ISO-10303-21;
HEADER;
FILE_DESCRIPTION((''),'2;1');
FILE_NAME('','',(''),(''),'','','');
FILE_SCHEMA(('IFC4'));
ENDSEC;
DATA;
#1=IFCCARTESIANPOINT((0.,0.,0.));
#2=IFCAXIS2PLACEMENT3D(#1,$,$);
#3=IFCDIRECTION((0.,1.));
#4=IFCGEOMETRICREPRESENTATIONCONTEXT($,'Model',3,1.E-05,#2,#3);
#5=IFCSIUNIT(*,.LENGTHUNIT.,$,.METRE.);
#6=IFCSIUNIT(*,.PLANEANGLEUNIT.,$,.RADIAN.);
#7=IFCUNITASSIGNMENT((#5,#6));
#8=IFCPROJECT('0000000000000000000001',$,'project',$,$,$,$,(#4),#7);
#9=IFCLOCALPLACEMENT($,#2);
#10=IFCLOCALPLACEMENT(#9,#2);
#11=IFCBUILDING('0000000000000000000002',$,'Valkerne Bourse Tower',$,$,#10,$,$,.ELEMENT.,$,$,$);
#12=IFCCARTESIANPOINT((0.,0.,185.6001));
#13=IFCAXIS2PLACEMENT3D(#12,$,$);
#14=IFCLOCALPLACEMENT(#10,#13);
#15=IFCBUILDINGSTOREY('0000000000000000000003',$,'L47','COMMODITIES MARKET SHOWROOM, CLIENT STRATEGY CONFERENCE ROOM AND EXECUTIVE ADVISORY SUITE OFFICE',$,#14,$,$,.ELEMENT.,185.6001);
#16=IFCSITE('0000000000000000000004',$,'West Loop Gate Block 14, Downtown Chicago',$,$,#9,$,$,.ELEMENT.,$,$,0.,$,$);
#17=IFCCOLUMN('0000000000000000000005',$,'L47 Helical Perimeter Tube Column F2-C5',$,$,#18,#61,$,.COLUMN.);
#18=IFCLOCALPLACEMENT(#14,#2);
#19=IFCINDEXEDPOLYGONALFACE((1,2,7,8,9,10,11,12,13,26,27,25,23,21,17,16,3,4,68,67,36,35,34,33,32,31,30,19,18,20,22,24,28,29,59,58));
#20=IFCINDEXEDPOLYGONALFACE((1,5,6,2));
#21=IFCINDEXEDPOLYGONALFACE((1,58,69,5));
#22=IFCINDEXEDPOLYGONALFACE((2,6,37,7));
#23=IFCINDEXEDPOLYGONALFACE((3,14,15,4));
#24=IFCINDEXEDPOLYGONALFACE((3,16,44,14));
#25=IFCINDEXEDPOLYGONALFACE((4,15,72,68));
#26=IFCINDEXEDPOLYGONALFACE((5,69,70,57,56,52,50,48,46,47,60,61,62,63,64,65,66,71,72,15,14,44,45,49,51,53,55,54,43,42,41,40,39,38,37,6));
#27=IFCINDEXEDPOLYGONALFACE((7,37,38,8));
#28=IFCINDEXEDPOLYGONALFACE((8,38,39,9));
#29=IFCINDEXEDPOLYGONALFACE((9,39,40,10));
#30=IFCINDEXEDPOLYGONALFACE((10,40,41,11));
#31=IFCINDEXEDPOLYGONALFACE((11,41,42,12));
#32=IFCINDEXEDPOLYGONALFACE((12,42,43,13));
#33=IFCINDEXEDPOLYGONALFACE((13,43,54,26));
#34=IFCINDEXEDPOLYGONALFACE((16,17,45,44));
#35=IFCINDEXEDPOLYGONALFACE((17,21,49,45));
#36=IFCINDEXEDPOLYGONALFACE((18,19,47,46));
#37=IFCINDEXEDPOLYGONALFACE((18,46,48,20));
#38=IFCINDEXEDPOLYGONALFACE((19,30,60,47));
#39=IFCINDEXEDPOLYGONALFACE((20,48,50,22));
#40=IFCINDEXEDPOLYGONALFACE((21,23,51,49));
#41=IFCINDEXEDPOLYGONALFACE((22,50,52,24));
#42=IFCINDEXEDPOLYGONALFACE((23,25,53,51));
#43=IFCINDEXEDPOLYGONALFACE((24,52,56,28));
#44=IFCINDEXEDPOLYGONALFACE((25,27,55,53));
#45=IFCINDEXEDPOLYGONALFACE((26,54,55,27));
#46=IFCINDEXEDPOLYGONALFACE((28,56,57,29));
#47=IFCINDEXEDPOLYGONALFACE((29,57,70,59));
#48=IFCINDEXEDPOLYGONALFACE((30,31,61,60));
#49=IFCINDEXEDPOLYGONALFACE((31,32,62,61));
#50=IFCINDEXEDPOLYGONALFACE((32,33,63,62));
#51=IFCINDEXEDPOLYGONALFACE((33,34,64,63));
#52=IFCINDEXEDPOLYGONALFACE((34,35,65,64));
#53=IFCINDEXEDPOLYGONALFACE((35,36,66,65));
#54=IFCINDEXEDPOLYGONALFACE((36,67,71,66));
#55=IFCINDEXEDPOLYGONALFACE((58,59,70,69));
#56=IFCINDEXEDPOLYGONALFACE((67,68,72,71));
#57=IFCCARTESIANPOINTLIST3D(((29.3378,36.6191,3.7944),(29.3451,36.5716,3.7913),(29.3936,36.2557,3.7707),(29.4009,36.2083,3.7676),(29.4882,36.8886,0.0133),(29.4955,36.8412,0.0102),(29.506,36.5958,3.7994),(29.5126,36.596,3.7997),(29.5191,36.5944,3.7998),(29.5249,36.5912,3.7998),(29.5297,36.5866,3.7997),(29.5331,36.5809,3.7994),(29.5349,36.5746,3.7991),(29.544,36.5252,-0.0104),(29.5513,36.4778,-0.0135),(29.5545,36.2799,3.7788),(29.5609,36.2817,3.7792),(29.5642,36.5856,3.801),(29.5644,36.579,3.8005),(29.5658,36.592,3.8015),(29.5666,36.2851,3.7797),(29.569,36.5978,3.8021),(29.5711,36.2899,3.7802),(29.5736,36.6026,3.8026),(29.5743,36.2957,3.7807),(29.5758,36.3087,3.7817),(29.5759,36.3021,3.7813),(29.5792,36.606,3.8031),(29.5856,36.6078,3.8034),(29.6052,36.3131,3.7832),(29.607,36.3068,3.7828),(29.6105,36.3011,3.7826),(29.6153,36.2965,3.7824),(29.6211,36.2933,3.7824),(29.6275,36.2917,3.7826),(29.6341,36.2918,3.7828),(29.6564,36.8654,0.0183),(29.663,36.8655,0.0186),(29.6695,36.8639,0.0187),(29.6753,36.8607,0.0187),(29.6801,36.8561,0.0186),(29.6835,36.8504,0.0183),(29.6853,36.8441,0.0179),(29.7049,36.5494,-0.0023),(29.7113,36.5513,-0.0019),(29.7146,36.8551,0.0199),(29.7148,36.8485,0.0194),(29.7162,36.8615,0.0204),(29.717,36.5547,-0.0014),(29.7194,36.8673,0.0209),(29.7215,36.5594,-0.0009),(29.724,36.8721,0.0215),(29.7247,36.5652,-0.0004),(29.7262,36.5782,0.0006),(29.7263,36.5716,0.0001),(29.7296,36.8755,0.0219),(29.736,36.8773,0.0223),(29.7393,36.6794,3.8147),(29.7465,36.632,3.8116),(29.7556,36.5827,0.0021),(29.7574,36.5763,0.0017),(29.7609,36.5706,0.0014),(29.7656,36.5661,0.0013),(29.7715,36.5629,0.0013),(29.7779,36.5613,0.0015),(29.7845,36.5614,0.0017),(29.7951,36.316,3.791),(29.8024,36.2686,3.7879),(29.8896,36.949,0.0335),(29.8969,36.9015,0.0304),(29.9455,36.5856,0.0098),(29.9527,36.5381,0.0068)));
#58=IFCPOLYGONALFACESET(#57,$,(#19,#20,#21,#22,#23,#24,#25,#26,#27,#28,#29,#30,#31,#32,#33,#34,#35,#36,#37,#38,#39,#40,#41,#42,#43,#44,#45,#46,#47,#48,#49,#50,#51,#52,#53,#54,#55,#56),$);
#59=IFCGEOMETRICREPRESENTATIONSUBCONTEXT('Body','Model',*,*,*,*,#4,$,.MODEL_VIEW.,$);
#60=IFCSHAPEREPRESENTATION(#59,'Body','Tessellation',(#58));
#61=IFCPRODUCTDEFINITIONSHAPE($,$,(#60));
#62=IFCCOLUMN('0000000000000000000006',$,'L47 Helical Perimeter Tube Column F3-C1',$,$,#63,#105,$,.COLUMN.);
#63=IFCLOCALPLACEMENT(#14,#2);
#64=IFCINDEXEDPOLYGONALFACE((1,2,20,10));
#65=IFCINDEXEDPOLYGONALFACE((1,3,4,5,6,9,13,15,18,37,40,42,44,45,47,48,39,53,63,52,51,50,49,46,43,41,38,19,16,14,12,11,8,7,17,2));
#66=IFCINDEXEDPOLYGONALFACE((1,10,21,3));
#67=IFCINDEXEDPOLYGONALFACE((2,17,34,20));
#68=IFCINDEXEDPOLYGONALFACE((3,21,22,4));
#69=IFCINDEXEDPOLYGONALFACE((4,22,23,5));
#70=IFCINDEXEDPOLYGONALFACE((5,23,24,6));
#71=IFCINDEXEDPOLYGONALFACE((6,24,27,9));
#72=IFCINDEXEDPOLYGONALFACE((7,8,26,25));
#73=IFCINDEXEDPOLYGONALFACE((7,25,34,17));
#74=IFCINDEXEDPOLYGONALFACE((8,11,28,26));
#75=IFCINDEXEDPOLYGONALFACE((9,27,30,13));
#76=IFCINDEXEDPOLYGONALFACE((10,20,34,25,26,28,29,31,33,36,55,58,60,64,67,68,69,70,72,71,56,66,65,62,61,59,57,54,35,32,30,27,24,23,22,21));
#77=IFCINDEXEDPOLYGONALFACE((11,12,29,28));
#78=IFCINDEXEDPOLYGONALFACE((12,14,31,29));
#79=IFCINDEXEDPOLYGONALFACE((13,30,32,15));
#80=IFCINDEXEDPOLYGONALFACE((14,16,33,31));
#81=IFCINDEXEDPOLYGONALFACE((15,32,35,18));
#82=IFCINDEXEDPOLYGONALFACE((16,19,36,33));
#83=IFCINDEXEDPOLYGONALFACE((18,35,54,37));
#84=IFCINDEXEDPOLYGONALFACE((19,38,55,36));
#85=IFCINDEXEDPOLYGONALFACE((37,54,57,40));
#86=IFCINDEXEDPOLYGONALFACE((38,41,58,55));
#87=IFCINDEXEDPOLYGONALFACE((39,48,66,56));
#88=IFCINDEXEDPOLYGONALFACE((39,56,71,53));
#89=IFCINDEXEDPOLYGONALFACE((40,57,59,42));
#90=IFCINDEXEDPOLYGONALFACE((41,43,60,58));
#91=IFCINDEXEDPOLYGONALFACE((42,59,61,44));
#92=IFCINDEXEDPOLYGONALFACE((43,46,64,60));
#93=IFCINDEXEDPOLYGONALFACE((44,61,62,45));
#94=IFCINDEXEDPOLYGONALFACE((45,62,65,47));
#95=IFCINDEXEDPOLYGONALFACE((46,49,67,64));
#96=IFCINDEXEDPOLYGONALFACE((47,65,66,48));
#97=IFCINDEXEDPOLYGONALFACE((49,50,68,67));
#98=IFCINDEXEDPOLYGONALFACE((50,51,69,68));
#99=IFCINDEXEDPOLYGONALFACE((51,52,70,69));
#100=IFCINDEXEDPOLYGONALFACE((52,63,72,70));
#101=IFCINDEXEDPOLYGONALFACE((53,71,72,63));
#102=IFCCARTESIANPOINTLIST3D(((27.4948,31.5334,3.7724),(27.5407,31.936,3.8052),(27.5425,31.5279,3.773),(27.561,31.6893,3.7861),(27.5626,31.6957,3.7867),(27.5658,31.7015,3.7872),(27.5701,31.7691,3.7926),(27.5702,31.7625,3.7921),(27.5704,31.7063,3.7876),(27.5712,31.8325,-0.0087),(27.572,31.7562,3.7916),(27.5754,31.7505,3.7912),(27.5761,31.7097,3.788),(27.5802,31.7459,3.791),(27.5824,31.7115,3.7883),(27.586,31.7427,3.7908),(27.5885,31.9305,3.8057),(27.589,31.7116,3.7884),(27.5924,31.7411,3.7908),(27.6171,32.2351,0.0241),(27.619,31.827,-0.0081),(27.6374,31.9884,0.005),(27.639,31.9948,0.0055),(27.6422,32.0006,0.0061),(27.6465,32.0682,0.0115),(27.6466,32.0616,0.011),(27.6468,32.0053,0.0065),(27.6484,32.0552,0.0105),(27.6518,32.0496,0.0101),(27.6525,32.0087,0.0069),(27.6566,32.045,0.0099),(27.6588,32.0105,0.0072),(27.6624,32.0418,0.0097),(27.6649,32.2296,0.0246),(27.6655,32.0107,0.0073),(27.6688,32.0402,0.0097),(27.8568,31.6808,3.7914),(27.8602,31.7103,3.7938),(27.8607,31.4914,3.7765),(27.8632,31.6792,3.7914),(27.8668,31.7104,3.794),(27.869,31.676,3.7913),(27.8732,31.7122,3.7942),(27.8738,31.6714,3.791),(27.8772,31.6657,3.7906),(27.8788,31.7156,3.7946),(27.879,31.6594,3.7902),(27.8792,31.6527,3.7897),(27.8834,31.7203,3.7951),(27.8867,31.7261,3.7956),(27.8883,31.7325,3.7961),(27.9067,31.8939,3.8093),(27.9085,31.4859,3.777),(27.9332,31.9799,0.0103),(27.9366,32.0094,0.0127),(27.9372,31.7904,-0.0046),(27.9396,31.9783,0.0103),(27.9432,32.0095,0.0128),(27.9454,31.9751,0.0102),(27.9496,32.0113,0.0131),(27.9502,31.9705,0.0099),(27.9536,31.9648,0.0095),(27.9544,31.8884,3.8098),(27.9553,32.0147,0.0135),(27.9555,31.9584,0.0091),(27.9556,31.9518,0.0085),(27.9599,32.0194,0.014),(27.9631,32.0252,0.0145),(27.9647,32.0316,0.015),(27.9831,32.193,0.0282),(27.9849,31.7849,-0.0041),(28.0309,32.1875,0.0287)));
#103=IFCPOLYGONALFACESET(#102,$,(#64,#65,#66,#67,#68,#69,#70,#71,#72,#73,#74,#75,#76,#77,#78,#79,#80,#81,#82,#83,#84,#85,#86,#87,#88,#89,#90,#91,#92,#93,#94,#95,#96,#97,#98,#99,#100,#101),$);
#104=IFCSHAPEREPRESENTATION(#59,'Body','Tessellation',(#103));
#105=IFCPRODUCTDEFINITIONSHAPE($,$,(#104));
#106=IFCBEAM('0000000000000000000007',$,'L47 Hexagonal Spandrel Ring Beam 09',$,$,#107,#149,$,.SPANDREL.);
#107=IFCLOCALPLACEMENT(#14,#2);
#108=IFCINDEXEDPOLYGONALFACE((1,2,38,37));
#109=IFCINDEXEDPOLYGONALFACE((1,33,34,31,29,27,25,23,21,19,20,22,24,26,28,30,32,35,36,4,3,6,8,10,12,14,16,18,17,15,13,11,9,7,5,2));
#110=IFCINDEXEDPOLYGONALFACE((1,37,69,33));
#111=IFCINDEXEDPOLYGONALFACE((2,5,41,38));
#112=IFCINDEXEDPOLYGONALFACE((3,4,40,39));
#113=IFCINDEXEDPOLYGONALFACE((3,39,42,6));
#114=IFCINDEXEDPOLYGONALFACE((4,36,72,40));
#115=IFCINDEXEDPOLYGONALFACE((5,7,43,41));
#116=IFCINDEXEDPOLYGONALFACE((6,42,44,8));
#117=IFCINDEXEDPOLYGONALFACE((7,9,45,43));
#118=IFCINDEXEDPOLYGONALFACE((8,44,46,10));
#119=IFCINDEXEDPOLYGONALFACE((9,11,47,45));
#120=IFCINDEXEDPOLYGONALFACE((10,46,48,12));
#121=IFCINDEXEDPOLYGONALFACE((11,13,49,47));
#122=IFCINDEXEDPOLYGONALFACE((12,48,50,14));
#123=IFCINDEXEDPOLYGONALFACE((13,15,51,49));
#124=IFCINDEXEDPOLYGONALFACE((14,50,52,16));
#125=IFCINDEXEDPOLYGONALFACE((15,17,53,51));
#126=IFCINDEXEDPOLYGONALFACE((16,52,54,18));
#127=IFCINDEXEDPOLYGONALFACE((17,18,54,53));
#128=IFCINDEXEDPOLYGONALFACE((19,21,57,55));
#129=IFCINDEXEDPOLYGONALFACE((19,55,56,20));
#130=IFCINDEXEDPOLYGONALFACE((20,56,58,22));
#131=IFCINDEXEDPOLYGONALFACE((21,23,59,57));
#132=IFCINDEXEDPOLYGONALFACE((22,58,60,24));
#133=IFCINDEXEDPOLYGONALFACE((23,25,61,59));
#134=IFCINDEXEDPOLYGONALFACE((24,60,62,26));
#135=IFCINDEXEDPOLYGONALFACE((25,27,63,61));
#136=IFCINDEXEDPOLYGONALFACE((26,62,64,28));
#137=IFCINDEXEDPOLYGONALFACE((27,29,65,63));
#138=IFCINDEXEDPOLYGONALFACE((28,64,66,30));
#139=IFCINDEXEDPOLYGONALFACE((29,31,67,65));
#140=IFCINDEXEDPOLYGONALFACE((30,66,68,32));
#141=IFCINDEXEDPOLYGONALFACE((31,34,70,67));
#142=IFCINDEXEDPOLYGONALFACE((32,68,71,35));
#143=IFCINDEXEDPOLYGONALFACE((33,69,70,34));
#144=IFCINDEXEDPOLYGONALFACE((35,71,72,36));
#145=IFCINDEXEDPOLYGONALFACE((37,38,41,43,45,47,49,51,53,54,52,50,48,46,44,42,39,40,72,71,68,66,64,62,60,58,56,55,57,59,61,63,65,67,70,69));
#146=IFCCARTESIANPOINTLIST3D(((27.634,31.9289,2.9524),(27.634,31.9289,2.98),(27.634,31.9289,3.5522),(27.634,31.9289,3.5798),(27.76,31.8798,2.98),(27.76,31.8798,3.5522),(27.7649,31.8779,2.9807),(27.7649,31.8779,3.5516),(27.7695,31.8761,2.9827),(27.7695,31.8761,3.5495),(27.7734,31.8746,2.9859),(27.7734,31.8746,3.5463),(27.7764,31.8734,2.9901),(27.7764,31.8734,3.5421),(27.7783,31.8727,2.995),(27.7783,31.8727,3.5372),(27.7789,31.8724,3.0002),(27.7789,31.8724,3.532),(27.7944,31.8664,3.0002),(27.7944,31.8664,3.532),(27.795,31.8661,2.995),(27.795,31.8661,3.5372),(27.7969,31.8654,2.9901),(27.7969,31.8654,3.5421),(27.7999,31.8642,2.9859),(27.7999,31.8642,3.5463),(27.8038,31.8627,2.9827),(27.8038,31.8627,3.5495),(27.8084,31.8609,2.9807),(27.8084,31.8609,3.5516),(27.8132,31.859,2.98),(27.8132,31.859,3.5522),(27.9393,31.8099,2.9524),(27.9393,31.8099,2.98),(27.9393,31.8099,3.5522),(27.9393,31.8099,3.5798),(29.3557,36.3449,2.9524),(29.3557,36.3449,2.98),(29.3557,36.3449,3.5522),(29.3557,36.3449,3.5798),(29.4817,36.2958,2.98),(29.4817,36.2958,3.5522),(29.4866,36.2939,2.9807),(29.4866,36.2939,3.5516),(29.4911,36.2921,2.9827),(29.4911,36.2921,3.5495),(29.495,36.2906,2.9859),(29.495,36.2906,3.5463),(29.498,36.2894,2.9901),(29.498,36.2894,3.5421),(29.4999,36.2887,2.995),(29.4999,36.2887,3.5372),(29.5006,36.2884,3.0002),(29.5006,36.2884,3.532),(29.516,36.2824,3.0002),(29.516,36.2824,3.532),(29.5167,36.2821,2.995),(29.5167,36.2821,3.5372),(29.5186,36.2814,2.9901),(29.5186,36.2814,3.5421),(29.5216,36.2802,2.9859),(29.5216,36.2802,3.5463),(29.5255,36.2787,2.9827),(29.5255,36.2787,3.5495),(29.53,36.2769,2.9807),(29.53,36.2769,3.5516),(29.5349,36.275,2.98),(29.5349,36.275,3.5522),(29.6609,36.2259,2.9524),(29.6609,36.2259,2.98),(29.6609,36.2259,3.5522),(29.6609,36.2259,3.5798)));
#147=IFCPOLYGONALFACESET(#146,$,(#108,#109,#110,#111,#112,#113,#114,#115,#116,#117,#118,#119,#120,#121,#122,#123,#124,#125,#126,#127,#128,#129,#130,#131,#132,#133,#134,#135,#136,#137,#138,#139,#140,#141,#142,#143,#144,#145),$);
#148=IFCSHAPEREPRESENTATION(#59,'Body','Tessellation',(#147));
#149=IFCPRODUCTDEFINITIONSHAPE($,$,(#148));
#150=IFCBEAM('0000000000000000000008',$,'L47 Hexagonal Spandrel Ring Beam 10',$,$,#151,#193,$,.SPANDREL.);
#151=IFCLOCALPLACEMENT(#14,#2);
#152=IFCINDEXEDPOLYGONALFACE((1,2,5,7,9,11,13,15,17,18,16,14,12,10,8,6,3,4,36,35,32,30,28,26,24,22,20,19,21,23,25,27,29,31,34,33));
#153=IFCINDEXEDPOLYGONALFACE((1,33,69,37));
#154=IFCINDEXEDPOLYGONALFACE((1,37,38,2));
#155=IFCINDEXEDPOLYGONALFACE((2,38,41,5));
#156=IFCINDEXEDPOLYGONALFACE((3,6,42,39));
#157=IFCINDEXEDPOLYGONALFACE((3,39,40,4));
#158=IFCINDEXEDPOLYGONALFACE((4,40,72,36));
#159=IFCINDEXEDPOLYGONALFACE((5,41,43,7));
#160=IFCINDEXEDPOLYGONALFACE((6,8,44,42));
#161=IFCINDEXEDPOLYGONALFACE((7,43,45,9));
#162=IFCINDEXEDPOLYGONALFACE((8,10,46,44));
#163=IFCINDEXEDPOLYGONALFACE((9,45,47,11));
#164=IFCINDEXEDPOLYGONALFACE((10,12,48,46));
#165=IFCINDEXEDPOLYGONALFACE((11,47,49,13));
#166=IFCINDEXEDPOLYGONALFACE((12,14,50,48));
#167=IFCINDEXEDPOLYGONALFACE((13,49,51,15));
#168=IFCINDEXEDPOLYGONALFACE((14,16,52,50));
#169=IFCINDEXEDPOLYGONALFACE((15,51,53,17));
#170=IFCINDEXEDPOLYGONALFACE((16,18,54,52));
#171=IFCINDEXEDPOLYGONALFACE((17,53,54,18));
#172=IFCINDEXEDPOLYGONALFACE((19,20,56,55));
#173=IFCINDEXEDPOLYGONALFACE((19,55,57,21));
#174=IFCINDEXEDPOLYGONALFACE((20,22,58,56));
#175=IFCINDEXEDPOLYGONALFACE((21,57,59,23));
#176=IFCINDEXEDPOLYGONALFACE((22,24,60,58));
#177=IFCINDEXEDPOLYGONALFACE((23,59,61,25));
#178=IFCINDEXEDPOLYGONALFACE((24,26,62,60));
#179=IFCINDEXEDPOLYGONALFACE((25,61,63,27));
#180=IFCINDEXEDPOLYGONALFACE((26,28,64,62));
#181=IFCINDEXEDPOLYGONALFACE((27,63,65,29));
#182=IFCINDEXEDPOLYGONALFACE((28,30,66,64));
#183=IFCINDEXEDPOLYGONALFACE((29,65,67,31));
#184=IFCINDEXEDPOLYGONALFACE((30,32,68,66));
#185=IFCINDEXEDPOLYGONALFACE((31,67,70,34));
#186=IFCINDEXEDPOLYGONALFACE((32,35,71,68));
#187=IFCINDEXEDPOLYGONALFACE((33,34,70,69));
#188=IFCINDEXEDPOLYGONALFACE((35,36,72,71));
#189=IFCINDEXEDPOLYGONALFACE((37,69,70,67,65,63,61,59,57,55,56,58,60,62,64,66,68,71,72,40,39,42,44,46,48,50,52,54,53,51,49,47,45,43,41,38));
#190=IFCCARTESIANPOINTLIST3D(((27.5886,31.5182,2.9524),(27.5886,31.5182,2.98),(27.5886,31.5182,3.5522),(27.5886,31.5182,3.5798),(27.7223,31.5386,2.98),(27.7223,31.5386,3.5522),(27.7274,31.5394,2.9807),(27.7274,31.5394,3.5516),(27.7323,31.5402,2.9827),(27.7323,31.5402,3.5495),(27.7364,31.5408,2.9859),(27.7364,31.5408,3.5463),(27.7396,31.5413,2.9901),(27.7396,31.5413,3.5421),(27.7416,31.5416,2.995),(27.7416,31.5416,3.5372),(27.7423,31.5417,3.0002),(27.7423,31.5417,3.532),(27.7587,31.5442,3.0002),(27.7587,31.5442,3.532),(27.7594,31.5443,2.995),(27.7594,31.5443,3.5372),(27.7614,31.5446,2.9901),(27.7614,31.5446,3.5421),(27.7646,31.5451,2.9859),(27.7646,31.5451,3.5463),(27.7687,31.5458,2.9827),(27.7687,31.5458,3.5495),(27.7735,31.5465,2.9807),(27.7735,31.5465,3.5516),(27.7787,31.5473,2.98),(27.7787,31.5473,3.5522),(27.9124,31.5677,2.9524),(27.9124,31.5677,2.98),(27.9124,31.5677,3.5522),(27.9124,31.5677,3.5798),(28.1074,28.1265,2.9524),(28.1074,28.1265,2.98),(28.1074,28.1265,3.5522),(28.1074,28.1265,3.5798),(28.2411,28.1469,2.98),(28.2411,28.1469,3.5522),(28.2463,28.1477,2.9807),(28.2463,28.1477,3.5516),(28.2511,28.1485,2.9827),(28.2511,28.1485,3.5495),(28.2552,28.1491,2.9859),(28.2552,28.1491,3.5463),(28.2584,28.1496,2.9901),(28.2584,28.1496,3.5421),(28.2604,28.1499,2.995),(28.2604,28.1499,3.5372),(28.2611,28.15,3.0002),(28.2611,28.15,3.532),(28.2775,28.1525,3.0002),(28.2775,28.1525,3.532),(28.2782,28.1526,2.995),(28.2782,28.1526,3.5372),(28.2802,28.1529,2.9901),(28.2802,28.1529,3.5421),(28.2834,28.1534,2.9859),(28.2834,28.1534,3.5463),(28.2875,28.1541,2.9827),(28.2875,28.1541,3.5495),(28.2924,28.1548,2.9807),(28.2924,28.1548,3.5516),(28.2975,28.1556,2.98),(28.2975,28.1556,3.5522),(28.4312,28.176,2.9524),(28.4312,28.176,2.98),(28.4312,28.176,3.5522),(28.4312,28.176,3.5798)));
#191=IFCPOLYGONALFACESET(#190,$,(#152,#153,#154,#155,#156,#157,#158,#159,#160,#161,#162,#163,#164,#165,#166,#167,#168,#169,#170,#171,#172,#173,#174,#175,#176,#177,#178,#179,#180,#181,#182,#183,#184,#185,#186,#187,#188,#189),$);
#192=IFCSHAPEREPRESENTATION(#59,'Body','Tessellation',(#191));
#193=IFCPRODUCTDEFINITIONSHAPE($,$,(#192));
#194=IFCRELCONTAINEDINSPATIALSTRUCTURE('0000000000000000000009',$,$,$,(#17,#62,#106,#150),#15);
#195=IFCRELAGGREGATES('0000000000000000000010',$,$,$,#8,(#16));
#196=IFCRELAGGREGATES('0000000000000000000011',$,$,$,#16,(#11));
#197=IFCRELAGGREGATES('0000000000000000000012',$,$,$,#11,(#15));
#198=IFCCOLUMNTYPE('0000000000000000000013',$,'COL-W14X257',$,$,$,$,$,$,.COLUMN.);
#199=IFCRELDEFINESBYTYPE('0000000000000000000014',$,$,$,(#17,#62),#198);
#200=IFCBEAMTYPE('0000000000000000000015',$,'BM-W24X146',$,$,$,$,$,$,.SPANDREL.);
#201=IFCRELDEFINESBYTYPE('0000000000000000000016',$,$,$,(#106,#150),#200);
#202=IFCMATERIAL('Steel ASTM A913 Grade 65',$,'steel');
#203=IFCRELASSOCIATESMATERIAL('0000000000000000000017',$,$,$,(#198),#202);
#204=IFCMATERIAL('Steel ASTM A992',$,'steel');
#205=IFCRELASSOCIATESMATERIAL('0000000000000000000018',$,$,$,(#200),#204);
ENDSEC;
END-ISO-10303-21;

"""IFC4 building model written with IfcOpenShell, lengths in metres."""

from ifc_helpers import new_model, si_unit, direction, frame, origin, origin_2d, place, context, subcontext, project, spatial, i_section, extrude, material, material_profile, profile_set, type_object, element, save


model = new_model("IFC4")

# Units and contexts
model_context = context("Model", 3, precision=1e-05, world=origin(), true_north=direction((0.0, 1.0)))
body_context = subcontext(model_context, "Body", "Model", "MODEL_VIEW")
ifc_project = project(units=[si_unit("LENGTHUNIT", "METRE"), si_unit("PLANEANGLEUNIT", "RADIAN")], contexts=[model_context])

# Site, building, storey
site_placement = place(None, origin())
site = spatial("IfcSite", under=ifc_project, at=site_placement, Name="West Loop Gate Block 14, Downtown Chicago", CompositionType="ELEMENT", RefElevation=0.0)
building_placement = place(site_placement, origin())
building = spatial("IfcBuilding", under=site, at=building_placement, Name="Valkerne Bourse Tower", CompositionType="ELEMENT")
storey_placement = place(building_placement, frame((0.0, 0.0, 185.6001)))
storey = spatial("IfcBuildingStorey", under=building, at=storey_placement, Name="L47", Description="COMMODITIES MARKET SHOWROOM, CLIENT STRATEGY CONFERENCE ROOM AND EXECUTIVE ADVISORY SUITE OFFICE", CompositionType="ELEMENT", Elevation=185.6001)

# Columns
ifc_material_1 = material(Name="Steel ASTM A913 Grade 65", Category="steel")
ifc_material_profile_1 = material_profile(ifc_material_1, i_section(OverallWidth=0.4065, OverallDepth=0.4165, WebThickness=0.0298, FlangeThickness=0.0481, FilletRadius=0.0254, at=origin_2d()), Name="W14X257")
ifc_profile_set_1 = profile_set([ifc_material_profile_1], Name="Steel ASTM A913 Grade 65")
column_type = type_object("IfcColumnType", Name="COL-W14X257", PredefinedType="COLUMN", material=ifc_profile_set_1)
for number, where, z_axis, x_axis, name in (
    (1, (29.7205, 36.7134, 0.01), (-0.039643, -0.071049, 0.996685), (-0.987662, -0.148447, -0.049867), "L47 Helical Perimeter Tube Column F2-C5"),
    (2, (27.801, 32.01, 0.01), (-0.020143, -0.078836, 0.996684), (-0.112962, -0.990323, -0.080616), "L47 Helical Perimeter Tube Column F3-C1"),
):
    element("IfcColumn", number, at=place(storey_placement, frame(where, z_axis=z_axis, x_axis=x_axis)), inside=storey, type_object=column_type, Name=name, PredefinedType="COLUMN", context=body_context, shape_type="SweptSolid", body=[
        extrude(i_section(OverallWidth=0.4065, OverallDepth=0.4165, WebThickness=0.0298, FlangeThickness=0.0481, FilletRadius=0.0254, at=origin_2d()), origin(), (0.0, 0.0, 1.0), 3.7937),
    ])

# Beams
ifc_material_2 = material(Name="Steel ASTM A992", Category="steel")
ifc_material_profile_2 = material_profile(ifc_material_2, i_section(OverallWidth=0.3276, OverallDepth=0.6274, WebThickness=0.0166, FlangeThickness=0.0276, FilletRadius=0.0203, at=origin_2d()), Name="W24X146")
ifc_profile_set_2 = profile_set([ifc_material_profile_2], Name="Steel ASTM A992")
beam_type_1 = type_object("IfcBeamType", Name="BM-W24X146", PredefinedType="SPANDREL", material=ifc_profile_set_2)
beam_1_placement = place(storey_placement, frame((29.5083, 36.2854, 3.2661), z_axis=(-0.363242, -0.931695, 0.0), x_axis=(0.931695, -0.363242, 0.0)))
element("IfcBeam", 3, at=beam_1_placement, inside=storey, type_object=beam_type_1, Name="L47 Hexagonal Spandrel Ring Beam 09", PredefinedType="SPANDREL", context=body_context, shape_type="SweptSolid", body=[
    extrude(i_section(OverallWidth=0.3276, OverallDepth=0.6274, WebThickness=0.0166, FlangeThickness=0.0276, FilletRadius=0.0203, at=origin_2d()), origin(), (0.0, 0.0, 1.0), 4.7397),
])
beam_2_placement = place(storey_placement, frame((27.7505, 31.543, 3.2661), z_axis=(0.151207, -0.988502, 0.0), x_axis=(0.988502, 0.151207, 0.0)))
element("IfcBeam", 4, at=beam_2_placement, inside=storey, type_object=beam_type_1, Name="L47 Hexagonal Spandrel Ring Beam 10", PredefinedType="SPANDREL", context=body_context, shape_type="SweptSolid", body=[
    extrude(i_section(OverallWidth=0.3276, OverallDepth=0.6274, WebThickness=0.0166, FlangeThickness=0.0276, FilletRadius=0.0203, at=origin_2d()), origin(), (0.0, 0.0, 1.0), 3.4312),
])

save(model, "model.ifc")
